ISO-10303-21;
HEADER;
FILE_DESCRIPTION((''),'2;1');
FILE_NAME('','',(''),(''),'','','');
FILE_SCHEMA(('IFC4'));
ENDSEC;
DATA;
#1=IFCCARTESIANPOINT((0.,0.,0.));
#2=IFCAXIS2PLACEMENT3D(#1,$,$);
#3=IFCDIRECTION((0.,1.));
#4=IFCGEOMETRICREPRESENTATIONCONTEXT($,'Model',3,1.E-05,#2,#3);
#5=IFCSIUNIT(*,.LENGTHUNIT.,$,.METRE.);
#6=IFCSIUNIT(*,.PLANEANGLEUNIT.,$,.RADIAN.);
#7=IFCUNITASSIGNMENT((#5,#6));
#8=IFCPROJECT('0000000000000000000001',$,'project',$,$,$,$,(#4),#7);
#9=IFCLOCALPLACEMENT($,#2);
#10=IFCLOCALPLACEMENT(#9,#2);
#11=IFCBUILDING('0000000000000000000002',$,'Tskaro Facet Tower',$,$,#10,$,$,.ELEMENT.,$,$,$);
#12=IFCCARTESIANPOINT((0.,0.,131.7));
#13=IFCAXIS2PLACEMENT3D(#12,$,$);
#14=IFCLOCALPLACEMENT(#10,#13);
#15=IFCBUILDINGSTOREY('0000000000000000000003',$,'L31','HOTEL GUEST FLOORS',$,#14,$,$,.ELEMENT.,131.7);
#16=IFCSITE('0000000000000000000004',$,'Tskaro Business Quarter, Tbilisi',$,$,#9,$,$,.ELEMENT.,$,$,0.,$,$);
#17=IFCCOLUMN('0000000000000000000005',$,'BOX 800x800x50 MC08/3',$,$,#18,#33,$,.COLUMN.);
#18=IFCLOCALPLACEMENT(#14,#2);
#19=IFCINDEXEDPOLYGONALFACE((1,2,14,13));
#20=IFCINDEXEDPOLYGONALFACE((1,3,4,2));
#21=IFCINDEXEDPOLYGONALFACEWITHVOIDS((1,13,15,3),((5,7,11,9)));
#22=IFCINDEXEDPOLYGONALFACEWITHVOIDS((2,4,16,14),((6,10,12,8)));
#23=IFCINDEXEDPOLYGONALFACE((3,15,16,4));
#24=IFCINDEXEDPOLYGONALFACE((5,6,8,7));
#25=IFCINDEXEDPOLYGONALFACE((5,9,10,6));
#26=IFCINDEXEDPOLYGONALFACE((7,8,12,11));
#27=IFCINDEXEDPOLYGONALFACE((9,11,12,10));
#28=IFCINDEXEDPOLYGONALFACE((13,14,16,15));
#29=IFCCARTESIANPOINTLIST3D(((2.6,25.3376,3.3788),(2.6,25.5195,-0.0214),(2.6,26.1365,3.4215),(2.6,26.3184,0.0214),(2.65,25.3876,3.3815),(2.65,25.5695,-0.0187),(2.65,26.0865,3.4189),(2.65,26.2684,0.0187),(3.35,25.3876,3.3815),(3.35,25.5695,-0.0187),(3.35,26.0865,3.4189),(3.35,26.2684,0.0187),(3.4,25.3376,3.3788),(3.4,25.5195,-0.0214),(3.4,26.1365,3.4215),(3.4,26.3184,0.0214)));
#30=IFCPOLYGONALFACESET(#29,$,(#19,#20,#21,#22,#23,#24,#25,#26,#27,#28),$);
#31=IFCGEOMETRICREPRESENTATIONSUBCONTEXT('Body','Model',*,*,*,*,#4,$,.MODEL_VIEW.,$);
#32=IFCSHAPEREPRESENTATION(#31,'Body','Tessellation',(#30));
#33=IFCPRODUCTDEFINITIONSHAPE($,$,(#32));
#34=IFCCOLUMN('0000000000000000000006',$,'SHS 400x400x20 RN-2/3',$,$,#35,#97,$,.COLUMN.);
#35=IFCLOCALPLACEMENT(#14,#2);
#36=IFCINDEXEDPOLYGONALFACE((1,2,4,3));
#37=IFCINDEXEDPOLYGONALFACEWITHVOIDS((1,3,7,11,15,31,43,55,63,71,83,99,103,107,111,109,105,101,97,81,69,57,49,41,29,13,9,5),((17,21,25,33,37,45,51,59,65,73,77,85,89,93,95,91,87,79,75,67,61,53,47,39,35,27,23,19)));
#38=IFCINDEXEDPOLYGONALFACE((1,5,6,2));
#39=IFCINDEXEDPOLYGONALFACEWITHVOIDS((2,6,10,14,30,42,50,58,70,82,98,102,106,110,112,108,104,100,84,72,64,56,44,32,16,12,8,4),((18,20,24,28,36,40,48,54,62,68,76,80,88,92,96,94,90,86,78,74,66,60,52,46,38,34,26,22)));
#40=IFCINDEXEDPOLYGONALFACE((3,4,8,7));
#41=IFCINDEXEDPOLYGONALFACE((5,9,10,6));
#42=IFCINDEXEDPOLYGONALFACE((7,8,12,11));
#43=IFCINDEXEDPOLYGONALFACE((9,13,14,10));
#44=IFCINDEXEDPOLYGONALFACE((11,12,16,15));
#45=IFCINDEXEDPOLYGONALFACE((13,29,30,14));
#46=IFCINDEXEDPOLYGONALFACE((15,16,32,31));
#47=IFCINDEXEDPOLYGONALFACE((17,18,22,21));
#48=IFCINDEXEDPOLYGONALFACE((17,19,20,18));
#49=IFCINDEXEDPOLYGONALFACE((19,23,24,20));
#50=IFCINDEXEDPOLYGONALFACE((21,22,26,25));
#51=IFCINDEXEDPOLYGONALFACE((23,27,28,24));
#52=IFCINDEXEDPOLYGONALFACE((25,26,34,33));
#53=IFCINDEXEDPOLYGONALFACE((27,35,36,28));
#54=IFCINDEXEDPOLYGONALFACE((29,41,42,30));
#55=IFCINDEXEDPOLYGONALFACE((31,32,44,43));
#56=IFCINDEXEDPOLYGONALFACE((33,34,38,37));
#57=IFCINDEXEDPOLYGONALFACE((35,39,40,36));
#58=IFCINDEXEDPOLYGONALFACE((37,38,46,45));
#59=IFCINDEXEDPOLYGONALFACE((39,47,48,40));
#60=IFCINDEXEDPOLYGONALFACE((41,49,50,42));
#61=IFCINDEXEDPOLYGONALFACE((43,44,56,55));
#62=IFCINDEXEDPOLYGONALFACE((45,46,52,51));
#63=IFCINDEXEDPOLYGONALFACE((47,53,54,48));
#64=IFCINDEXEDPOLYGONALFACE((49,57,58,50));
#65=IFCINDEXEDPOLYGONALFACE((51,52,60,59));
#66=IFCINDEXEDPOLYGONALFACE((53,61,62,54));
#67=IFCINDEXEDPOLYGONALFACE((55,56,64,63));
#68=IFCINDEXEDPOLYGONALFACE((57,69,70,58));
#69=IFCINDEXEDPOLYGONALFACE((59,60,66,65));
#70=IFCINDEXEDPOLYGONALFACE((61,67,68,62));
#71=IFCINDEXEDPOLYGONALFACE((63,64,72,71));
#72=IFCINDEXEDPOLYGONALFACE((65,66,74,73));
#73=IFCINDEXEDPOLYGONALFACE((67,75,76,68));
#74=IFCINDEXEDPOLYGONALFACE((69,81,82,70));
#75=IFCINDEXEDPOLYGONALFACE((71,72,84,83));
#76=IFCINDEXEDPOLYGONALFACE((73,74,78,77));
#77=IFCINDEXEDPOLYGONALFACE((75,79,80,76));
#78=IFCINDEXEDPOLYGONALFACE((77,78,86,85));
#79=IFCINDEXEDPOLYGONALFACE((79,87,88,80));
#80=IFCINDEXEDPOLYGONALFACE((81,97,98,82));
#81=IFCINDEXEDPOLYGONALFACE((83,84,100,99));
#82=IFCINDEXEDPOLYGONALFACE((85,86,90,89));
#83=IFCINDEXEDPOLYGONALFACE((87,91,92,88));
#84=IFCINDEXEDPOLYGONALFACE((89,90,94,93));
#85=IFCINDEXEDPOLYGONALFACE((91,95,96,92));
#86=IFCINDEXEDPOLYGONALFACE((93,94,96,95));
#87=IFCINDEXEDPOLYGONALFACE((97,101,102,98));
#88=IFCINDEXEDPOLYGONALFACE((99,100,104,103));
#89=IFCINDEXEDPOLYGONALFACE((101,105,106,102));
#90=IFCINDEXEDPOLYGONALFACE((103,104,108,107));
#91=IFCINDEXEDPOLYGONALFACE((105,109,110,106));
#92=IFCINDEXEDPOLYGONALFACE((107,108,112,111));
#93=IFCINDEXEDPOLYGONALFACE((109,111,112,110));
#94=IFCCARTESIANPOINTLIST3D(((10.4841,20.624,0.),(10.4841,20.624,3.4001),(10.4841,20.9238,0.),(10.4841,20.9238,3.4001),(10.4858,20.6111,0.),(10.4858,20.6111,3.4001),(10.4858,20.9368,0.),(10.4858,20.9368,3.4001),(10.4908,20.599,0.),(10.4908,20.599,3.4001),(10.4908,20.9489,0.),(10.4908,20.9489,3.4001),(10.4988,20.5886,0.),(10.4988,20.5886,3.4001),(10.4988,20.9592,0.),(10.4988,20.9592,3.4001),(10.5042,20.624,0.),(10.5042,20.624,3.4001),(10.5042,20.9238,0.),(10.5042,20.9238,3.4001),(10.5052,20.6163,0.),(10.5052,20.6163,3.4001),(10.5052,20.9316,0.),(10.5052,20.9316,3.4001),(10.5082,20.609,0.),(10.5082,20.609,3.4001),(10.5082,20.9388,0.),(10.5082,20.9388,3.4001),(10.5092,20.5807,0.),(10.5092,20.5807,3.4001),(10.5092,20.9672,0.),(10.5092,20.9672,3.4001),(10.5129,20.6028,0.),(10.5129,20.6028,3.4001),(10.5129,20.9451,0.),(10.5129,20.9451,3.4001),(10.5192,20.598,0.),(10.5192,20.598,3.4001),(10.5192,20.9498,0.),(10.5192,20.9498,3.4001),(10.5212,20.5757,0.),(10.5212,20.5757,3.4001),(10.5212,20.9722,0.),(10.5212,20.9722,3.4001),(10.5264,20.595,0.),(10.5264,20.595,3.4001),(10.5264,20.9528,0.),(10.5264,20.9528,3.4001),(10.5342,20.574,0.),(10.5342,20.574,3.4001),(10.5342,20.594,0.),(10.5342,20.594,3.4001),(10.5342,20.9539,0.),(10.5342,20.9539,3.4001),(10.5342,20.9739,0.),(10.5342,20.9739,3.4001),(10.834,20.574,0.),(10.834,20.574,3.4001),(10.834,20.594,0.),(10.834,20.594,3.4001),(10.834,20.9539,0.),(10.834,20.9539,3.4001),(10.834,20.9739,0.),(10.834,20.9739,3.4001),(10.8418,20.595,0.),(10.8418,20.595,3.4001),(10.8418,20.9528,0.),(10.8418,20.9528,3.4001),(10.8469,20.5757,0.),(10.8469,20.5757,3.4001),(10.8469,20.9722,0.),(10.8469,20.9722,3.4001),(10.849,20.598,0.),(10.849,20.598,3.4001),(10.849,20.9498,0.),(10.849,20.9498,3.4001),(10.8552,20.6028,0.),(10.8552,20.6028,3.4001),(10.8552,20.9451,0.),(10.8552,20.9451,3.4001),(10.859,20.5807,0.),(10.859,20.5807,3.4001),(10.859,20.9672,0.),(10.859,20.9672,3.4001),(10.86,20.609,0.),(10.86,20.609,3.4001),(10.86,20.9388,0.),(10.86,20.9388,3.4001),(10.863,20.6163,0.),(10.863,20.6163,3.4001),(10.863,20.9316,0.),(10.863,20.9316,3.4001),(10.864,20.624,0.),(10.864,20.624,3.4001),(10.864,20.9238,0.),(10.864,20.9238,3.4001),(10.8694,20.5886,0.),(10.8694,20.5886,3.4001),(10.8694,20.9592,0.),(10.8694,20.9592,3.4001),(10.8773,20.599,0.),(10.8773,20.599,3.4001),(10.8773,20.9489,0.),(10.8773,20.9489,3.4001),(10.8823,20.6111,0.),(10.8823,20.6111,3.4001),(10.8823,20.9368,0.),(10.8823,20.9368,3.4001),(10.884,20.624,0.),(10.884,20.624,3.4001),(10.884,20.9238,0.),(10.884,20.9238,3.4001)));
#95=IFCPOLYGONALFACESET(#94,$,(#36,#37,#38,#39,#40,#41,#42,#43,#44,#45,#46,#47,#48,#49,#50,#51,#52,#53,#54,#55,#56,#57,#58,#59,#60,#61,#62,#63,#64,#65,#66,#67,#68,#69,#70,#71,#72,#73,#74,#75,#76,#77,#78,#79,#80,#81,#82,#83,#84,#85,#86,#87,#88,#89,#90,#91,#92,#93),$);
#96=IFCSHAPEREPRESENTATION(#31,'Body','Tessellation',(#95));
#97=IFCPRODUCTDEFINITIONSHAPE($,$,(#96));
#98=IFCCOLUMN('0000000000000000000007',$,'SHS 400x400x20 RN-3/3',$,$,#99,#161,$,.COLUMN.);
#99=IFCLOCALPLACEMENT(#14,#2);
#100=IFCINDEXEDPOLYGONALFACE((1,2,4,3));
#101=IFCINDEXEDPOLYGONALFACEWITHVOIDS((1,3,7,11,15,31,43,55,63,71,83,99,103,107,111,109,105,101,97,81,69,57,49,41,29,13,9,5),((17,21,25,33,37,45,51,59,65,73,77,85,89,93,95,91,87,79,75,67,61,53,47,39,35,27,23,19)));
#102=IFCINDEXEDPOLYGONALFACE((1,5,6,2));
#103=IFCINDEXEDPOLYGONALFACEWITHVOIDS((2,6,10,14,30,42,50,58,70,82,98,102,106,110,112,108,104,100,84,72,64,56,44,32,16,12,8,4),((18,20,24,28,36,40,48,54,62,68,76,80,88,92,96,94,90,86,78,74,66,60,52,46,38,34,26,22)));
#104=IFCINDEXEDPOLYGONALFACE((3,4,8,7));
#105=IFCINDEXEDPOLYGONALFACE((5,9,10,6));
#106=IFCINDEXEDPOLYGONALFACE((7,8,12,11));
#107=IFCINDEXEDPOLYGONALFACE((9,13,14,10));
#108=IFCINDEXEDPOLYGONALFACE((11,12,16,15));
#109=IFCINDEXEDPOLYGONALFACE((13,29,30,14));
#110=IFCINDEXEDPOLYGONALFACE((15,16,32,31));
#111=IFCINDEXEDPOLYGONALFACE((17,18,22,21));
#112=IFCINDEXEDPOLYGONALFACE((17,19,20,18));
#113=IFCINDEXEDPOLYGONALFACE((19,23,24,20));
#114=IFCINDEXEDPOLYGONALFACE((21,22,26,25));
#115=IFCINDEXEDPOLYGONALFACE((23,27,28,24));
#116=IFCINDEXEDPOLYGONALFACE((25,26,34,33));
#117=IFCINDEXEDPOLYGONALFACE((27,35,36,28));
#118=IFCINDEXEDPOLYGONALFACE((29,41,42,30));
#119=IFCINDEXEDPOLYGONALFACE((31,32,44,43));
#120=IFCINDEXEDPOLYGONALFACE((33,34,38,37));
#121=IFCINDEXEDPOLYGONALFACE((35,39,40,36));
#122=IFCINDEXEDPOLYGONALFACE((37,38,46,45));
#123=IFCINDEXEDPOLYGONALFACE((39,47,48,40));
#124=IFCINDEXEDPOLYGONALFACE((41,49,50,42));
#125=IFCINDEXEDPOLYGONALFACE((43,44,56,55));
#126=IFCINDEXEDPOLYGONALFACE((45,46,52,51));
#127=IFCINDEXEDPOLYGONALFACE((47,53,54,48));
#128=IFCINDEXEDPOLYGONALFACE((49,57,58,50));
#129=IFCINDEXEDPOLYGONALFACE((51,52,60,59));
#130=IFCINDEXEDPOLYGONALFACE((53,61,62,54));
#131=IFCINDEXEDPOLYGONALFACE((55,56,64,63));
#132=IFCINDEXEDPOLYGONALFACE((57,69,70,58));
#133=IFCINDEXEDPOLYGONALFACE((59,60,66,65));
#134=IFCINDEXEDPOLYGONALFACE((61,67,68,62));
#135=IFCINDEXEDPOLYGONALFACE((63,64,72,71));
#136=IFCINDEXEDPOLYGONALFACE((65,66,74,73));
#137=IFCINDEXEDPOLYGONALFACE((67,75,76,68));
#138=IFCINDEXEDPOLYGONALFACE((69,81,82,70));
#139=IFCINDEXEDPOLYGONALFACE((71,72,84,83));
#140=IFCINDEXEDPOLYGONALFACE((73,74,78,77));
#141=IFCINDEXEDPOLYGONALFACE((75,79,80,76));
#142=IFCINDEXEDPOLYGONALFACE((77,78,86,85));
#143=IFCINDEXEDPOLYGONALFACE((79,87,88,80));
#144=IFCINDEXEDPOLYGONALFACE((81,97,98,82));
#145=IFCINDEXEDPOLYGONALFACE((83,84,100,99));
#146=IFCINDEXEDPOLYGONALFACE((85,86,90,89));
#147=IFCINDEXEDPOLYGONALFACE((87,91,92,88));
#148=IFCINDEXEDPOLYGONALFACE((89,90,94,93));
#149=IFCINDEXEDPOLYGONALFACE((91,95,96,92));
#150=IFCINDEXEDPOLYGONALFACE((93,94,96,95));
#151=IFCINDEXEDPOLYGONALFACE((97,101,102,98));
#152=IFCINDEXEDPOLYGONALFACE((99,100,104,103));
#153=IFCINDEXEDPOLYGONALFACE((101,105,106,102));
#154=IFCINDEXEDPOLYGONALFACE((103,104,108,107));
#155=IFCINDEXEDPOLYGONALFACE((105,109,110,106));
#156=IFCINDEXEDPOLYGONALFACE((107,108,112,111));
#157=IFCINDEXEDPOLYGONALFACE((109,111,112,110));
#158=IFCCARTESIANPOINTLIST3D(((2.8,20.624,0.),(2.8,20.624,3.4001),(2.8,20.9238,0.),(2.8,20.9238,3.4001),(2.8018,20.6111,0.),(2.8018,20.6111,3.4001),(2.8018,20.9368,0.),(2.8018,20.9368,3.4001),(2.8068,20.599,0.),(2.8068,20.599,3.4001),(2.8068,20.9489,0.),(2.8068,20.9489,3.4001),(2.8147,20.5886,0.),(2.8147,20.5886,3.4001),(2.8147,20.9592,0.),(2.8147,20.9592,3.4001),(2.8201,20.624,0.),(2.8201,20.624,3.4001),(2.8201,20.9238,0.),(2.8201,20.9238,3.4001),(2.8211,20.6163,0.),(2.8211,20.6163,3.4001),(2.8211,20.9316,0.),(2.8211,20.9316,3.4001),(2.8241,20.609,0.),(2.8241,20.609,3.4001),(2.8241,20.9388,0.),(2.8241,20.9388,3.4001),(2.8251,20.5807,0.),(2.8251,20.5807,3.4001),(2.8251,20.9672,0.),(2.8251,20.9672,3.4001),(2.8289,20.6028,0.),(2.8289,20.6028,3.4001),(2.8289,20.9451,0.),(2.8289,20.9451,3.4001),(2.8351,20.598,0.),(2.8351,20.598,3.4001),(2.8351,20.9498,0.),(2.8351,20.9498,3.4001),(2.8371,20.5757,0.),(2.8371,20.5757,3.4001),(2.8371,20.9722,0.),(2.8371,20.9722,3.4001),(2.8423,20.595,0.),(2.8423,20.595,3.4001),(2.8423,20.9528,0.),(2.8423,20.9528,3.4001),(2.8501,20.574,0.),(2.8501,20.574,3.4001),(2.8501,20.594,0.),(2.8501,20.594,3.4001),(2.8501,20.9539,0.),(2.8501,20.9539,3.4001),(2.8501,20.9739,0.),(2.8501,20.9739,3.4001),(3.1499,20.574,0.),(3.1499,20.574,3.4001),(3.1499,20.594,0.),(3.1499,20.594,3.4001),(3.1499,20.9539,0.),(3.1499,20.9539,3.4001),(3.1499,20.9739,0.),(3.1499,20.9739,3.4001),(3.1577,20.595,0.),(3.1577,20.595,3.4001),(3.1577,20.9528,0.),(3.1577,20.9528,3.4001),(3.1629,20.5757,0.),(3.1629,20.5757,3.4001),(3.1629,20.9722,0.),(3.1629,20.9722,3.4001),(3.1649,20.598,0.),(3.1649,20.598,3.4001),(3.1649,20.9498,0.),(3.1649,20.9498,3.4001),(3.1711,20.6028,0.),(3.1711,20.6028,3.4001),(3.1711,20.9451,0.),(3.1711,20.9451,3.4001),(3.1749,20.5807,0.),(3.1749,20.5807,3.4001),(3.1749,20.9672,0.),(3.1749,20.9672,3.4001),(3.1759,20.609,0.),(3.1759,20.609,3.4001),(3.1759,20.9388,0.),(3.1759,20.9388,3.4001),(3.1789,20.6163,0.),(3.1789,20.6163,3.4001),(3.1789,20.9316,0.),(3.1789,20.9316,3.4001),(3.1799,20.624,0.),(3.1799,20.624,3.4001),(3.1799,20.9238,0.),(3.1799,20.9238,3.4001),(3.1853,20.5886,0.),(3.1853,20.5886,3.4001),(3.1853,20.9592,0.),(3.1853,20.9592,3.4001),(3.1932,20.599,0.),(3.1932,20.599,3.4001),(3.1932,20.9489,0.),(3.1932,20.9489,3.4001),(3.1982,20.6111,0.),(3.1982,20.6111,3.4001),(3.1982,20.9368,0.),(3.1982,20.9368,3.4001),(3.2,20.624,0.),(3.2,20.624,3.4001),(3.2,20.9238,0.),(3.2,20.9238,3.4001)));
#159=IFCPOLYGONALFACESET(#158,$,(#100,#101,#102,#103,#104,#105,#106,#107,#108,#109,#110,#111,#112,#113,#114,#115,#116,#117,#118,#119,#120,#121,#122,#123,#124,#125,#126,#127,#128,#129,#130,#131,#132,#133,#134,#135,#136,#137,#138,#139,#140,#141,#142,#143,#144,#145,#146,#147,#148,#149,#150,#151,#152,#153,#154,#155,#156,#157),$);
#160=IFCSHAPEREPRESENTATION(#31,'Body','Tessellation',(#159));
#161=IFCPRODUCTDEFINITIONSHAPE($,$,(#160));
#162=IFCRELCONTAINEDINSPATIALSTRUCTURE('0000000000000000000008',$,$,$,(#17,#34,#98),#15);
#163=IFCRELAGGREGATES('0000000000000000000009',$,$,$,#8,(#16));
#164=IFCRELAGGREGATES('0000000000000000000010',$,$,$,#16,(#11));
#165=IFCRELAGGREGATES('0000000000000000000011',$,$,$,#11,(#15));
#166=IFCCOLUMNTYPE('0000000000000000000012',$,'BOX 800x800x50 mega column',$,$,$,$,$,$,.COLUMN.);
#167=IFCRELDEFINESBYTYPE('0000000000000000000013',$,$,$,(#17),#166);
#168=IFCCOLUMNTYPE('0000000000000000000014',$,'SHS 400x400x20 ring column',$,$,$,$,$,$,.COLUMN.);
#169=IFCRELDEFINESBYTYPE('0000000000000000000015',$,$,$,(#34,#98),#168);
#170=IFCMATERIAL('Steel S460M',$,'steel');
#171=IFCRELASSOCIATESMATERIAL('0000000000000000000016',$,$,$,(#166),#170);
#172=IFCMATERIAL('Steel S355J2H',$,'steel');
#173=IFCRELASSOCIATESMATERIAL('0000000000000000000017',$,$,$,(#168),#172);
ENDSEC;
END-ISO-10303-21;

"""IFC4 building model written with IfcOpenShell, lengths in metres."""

from ifc_helpers import new_model, si_unit, direction, frame, origin, origin_2d, place, context, subcontext, project, spatial, hollow_rectangle, extrude, material, material_profile, profile_set, type_object, element, save


model = new_model("IFC4")

# Units and contexts
model_context = context("Model", 3, precision=1e-05, world=origin(), true_north=direction((0.0, 1.0)))
body_context = subcontext(model_context, "Body", "Model", "MODEL_VIEW")
ifc_project = project(units=[si_unit("LENGTHUNIT", "METRE"), si_unit("PLANEANGLEUNIT", "RADIAN")], contexts=[model_context])

# Site, building, storey
site_placement = place(None, origin())
site = spatial("IfcSite", under=ifc_project, at=site_placement, Name="Tskaro Business Quarter, Tbilisi", CompositionType="ELEMENT", RefElevation=0.0)
building_placement = place(site_placement, origin())
building = spatial("IfcBuilding", under=site, at=building_placement, Name="Tskaro Facet Tower", CompositionType="ELEMENT")
storey_placement = place(building_placement, frame((0.0, 0.0, 131.7)))
storey = spatial("IfcBuildingStorey", under=building, at=storey_placement, Name="L31", Description="HOTEL GUEST FLOORS", CompositionType="ELEMENT", Elevation=131.7)

# Columns
ifc_material_1 = material(Name="Steel S460M", Category="steel")
ifc_material_profile_1 = material_profile(ifc_material_1, hollow_rectangle(XDim=0.8, YDim=0.8, WallThickness=0.05, at=origin_2d()), Name="BOX 800x800x50")
ifc_profile_set_1 = profile_set([ifc_material_profile_1], Name="Steel S460M")
column_type_1 = type_object("IfcColumnType", Name="BOX 800x800x50 mega column", PredefinedType="COLUMN", material=ifc_profile_set_1)
column_placement = place(storey_placement, frame((3.0, 25.9189, 0.0), z_axis=(0.0, -0.053417, 0.998572), x_axis=(1.0, 0.0, 0.0)))
element("IfcColumn", 1, at=column_placement, inside=storey, type_object=column_type_1, Name="BOX 800x800x50 MC08/3", PredefinedType="COLUMN", context=body_context, shape_type="SweptSolid", body=[
    extrude(hollow_rectangle(XDim=0.8, YDim=0.8, WallThickness=0.05, at=origin_2d()), origin(), (0.0, 0.0, 1.0), 3.405),
])
ifc_material_2 = material(Name="Steel S355J2H", Category="steel")
ifc_material_profile_2 = material_profile(ifc_material_2, hollow_rectangle(XDim=0.3999, YDim=0.3999, WallThickness=0.02, InnerFilletRadius=0.03, OuterFilletRadius=0.05, at=origin_2d()), Name="SHS 400x400x20")
ifc_profile_set_2 = profile_set([ifc_material_profile_2], Name="Steel S355J2H")
column_type_2 = type_object("IfcColumnType", Name="SHS 400x400x20 ring column", PredefinedType="COLUMN", material=ifc_profile_set_2)
for number, where, z_axis, x_axis, name in (
    (2, (10.6841, 20.7739, 0.0), (0.0, 0.0, 1.0), (1.0, 0.0, 0.0), "SHS 400x400x20 RN-2/3"),
    (3, (3.0, 20.7739, 0.0), (0.0, 0.0, 1.0), (1.0, 0.0, 0.0), "SHS 400x400x20 RN-3/3"),
):
    element("IfcColumn", number, at=place(storey_placement, frame(where, z_axis=z_axis, x_axis=x_axis)), inside=storey, type_object=column_type_2, Name=name, PredefinedType="COLUMN", context=body_context, shape_type="SweptSolid", body=[
        extrude(hollow_rectangle(XDim=0.3999, YDim=0.3999, WallThickness=0.02, InnerFilletRadius=0.03, OuterFilletRadius=0.05, at=origin_2d()), origin(), (0.0, 0.0, 1.0), 3.4001),
    ])

save(model, "model.ifc")
